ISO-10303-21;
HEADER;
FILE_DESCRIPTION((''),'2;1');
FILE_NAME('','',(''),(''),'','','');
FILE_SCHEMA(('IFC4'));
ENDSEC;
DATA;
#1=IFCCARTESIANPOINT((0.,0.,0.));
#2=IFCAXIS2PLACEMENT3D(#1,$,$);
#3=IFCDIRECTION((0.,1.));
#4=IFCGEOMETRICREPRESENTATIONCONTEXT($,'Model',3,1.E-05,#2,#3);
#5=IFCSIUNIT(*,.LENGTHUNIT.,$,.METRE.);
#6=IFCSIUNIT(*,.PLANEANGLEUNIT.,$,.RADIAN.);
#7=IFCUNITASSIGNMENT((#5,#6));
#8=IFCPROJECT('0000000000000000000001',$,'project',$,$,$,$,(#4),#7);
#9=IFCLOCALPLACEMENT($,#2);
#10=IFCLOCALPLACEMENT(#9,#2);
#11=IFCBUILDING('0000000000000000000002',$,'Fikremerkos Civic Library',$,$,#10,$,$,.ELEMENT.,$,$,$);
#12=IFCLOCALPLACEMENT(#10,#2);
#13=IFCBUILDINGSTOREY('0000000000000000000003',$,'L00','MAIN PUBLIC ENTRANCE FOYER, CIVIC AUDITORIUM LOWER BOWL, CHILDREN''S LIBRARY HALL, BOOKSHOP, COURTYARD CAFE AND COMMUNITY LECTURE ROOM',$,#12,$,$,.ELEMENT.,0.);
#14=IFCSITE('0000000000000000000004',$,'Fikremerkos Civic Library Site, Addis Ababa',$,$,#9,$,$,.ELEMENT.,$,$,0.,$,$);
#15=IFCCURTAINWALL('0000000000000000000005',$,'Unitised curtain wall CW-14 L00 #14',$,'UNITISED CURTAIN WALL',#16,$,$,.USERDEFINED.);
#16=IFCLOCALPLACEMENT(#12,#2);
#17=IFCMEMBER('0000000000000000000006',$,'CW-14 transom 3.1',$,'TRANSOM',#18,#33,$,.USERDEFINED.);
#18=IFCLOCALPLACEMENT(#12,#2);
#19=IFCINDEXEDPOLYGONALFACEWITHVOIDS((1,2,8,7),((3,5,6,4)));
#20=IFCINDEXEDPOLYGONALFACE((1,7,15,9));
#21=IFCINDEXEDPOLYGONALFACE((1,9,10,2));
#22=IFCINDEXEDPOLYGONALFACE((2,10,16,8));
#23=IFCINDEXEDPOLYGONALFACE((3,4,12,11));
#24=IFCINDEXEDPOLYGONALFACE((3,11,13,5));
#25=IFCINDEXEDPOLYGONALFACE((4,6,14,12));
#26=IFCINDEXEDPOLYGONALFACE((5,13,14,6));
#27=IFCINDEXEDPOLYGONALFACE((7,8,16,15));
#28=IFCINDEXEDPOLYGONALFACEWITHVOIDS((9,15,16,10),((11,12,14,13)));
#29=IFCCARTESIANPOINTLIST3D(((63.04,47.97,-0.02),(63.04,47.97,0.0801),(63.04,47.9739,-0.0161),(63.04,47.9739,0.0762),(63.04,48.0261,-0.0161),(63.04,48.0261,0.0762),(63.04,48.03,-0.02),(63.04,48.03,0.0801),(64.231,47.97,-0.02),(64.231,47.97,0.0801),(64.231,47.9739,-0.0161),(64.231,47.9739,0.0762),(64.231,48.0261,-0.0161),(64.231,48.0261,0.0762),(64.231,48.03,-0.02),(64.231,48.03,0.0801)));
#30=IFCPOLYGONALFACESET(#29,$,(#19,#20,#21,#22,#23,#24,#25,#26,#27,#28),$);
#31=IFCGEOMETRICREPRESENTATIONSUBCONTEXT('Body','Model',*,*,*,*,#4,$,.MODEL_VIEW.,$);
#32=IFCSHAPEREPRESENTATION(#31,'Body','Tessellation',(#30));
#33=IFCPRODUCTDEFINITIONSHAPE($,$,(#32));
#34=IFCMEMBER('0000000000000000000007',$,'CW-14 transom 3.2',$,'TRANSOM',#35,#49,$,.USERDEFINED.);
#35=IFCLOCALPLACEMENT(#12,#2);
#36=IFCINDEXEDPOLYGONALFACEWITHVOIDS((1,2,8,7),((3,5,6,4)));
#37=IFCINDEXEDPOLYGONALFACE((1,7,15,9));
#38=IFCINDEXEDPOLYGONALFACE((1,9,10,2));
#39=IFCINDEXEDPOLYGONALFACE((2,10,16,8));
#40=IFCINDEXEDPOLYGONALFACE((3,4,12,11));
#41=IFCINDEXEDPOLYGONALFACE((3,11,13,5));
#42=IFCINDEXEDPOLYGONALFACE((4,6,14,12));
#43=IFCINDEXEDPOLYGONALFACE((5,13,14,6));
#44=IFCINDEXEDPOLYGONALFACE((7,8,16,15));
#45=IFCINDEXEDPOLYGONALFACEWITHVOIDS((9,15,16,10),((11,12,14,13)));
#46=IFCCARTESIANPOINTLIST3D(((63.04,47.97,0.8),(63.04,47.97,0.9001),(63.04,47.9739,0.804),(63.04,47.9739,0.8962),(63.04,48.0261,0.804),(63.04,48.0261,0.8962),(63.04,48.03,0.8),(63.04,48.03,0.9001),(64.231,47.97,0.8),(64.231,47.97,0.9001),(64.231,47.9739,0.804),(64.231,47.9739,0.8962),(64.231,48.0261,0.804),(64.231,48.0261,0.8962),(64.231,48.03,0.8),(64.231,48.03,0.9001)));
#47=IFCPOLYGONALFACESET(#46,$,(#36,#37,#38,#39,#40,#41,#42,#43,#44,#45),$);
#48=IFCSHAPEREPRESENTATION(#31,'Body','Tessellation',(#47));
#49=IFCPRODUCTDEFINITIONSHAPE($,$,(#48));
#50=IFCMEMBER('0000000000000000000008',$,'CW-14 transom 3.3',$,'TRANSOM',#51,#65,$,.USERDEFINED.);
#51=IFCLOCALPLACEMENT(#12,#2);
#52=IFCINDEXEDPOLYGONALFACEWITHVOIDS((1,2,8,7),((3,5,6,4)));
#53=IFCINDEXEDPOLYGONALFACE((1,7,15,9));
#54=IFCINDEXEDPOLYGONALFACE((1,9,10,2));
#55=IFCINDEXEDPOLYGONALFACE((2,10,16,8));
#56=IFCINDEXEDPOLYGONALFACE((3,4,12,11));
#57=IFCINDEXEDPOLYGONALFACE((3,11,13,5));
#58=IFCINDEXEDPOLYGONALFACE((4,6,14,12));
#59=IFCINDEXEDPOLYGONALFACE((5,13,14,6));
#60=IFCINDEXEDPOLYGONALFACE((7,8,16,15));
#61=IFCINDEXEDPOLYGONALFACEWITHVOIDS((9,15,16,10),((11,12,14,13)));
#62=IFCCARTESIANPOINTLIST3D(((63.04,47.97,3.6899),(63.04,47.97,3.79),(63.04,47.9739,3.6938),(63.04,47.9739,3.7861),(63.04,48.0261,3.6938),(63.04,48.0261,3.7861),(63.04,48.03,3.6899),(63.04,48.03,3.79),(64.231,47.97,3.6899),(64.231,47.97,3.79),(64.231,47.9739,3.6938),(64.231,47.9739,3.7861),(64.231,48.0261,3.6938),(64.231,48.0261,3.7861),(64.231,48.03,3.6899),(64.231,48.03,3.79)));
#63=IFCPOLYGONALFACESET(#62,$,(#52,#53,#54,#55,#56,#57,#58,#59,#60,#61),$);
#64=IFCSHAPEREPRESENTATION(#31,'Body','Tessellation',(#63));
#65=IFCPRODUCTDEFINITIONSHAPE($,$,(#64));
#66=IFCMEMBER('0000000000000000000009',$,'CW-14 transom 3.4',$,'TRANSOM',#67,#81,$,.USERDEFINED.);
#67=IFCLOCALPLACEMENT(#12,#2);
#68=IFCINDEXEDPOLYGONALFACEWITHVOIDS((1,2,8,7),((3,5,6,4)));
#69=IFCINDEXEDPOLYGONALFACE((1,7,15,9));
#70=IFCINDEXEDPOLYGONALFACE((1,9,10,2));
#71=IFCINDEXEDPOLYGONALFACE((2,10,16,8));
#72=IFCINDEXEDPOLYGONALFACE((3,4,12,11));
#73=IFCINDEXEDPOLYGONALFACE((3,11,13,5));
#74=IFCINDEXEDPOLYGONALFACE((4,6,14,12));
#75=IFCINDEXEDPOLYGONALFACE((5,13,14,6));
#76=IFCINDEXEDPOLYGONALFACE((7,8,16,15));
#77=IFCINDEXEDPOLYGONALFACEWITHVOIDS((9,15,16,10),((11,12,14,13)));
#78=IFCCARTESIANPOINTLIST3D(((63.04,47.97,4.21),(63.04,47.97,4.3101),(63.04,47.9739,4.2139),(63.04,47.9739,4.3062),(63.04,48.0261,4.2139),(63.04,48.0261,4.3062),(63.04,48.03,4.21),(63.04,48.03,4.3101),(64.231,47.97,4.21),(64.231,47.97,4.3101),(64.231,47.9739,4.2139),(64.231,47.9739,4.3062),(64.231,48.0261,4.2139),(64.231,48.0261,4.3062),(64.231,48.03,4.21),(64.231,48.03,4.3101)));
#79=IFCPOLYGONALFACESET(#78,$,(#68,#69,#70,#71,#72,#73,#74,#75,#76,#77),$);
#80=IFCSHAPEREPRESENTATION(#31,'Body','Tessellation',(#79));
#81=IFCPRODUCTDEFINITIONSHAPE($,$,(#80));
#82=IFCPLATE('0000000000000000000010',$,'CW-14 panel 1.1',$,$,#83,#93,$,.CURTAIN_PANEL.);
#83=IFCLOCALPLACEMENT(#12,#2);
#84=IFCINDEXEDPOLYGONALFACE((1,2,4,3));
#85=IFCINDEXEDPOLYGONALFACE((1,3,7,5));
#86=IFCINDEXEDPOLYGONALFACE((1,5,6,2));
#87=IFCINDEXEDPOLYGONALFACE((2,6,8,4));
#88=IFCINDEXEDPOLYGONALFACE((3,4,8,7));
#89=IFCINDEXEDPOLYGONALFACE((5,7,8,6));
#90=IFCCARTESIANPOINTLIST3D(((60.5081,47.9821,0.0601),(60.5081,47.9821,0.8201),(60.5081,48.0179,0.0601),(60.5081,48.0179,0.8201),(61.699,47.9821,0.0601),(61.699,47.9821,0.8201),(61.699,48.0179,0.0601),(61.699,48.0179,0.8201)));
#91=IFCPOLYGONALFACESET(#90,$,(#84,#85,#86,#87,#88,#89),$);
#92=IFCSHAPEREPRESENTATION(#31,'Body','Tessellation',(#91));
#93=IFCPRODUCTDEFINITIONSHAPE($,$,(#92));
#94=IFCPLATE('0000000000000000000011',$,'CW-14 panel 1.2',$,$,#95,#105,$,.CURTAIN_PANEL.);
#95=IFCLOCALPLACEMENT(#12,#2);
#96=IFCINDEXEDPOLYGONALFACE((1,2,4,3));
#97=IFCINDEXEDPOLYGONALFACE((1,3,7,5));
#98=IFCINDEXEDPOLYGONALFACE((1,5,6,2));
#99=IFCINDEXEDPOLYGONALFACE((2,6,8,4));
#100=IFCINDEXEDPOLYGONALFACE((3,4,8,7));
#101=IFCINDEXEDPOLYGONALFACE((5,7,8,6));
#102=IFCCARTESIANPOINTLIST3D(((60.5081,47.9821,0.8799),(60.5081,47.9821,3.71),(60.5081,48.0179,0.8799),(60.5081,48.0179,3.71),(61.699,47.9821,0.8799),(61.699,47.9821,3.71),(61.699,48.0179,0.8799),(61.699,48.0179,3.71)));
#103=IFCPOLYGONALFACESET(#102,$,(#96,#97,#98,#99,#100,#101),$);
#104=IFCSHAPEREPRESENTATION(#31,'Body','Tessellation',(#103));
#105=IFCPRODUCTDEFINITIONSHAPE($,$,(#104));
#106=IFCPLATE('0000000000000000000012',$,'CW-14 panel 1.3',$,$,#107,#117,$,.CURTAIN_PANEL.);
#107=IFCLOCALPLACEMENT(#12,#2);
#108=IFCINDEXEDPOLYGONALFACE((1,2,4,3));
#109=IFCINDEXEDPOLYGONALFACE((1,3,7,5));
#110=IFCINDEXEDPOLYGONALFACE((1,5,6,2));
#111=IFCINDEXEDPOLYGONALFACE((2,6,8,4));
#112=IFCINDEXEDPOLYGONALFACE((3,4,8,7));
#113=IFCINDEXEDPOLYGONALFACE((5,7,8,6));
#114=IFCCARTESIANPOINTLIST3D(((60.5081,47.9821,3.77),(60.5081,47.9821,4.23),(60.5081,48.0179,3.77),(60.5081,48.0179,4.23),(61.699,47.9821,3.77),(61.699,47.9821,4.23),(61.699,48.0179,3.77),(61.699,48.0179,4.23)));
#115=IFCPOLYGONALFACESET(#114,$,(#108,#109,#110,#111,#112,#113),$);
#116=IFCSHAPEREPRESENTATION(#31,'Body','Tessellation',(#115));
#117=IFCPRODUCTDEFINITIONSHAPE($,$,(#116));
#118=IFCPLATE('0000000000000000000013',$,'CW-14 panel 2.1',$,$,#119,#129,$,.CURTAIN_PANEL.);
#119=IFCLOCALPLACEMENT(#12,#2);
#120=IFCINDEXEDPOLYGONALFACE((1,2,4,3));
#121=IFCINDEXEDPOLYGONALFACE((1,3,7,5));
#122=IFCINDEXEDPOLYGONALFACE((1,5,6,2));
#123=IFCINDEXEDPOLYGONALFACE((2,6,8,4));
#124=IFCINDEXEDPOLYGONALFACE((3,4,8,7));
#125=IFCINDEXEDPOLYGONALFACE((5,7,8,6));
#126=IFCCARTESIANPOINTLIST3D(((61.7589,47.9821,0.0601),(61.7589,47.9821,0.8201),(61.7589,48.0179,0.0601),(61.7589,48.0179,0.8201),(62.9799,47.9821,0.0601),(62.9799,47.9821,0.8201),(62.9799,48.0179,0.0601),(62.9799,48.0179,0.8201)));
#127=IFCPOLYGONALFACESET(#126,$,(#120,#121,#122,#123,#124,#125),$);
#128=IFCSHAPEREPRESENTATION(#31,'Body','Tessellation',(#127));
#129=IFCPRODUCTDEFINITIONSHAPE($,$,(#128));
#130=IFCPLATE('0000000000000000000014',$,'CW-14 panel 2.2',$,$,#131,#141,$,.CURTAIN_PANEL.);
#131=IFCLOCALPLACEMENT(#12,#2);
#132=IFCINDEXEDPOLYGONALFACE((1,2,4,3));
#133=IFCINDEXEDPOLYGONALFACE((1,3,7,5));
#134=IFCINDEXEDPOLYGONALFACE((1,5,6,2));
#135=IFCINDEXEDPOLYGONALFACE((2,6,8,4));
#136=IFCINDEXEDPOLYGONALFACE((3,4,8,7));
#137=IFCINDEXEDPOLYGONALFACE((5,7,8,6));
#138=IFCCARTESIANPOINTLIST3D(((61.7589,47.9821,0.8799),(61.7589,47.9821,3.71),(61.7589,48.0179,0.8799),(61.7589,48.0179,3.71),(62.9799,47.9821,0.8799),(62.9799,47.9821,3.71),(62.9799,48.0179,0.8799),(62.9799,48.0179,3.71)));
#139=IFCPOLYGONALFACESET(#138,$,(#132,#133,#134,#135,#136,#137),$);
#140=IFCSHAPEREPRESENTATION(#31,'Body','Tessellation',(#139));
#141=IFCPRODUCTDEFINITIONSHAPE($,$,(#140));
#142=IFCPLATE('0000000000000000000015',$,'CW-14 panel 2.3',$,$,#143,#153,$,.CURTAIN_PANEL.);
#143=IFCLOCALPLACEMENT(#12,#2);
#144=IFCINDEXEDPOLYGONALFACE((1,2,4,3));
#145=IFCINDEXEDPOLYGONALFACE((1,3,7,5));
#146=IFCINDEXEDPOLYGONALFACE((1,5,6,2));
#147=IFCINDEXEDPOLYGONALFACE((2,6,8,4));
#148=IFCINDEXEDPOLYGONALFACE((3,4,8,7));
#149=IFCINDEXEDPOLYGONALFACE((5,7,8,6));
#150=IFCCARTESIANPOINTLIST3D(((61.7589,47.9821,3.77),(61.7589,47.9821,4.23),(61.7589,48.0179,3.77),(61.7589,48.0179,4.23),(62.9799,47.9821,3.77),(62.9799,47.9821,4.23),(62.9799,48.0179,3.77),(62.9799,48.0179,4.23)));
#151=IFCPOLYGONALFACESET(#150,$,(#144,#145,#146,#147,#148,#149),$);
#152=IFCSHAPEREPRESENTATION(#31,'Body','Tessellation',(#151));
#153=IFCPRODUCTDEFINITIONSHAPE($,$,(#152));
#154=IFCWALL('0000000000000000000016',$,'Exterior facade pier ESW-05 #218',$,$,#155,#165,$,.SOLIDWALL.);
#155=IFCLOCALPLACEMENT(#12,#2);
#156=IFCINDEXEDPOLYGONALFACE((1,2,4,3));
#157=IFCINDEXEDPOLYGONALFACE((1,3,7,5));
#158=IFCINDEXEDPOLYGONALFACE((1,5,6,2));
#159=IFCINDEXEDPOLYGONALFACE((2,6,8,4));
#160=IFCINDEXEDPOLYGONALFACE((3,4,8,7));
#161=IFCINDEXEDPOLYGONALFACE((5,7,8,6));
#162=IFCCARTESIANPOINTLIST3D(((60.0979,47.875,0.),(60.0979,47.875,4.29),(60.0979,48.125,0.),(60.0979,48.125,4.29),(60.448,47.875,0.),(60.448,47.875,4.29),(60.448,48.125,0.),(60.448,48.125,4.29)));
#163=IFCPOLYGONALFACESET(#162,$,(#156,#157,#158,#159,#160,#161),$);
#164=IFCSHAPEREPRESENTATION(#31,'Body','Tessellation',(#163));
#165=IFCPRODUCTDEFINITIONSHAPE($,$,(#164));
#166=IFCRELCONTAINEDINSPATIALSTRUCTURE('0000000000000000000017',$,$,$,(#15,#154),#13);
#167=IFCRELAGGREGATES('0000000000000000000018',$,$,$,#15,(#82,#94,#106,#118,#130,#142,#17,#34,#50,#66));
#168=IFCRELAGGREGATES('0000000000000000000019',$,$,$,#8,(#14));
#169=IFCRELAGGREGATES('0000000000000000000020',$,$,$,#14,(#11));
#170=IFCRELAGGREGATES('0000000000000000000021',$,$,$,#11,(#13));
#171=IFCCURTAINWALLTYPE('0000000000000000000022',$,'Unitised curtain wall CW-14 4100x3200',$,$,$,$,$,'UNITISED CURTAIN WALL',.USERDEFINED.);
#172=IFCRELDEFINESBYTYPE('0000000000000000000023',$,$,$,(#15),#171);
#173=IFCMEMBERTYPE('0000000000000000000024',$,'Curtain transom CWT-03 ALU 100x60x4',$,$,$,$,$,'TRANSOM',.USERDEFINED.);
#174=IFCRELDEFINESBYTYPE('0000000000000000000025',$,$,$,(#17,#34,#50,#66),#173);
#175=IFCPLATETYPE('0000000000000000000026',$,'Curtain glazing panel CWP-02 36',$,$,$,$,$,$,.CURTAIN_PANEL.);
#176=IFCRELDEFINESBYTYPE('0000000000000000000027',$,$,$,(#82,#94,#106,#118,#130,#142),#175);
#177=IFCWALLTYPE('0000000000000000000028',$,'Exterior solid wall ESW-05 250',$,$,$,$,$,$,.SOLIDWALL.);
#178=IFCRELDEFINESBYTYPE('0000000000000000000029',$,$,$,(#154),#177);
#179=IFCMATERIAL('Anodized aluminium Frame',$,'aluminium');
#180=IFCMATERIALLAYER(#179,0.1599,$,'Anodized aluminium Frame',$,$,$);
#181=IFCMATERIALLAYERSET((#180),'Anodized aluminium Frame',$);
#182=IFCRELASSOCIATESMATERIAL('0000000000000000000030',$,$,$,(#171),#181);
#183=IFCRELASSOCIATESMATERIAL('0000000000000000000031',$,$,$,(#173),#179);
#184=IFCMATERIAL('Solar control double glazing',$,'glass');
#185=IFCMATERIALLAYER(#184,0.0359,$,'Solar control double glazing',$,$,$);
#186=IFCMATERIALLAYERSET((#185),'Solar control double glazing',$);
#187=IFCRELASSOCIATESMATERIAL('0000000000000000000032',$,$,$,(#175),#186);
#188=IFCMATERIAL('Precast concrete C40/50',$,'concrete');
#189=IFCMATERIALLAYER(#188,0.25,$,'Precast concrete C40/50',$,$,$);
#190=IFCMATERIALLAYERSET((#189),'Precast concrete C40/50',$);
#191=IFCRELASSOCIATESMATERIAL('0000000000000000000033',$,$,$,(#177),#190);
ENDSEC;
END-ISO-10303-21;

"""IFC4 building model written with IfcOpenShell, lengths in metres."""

from ifc_helpers import new_model, si_unit, direction, frame, frame_2d, origin, origin_2d, place, context, subcontext, project, spatial, rectangle, hollow_rectangle, extrude, material, layer, layer_set, material_profile, profile_set, type_object, element, aggregate, save


model = new_model("IFC4")

# Units and contexts
model_context = context("Model", 3, precision=1e-05, world=origin(), true_north=direction((0.0, 1.0)))
body_context = subcontext(model_context, "Body", "Model", "MODEL_VIEW")
ifc_project = project(units=[si_unit("LENGTHUNIT", "METRE"), si_unit("PLANEANGLEUNIT", "RADIAN")], contexts=[model_context])

# Site, building, storey
site_placement = place(None, origin())
site = spatial("IfcSite", under=ifc_project, at=site_placement, Name="Fikremerkos Civic Library Site, Addis Ababa", CompositionType="ELEMENT", RefElevation=0.0)
building_placement = place(site_placement, origin())
building = spatial("IfcBuilding", under=site, at=building_placement, Name="Fikremerkos Civic Library", CompositionType="ELEMENT")
storey_placement = place(building_placement, origin())
storey = spatial("IfcBuildingStorey", under=building, at=storey_placement, Name="L00", Description="MAIN PUBLIC ENTRANCE FOYER, CIVIC AUDITORIUM LOWER BOWL, CHILDREN'S LIBRARY HALL, BOOKSHOP, COURTYARD CAFE AND COMMUNITY LECTURE ROOM", CompositionType="ELEMENT", Elevation=0.0)

# Curtain wall, members, plates
ifc_material_1 = material(Name="Anodized aluminium Frame", Category="aluminium")
ifc_layer_1 = layer(ifc_material_1, 0.1599, Name="Anodized aluminium Frame")
ifc_layer_set_1 = layer_set([ifc_layer_1], Name="Anodized aluminium Frame")
curtain_wall_type = type_object("IfcCurtainWallType", Name="Unitised curtain wall CW-14 4100x3200", ElementType="UNITISED CURTAIN WALL", PredefinedType="USERDEFINED", material=ifc_layer_set_1)
curtain_wall_placement = place(storey_placement, origin())
curtain_wall = element("IfcCurtainWall", 1, at=curtain_wall_placement, inside=storey, type_object=curtain_wall_type, Name="Unitised curtain wall CW-14 L00 #14", ObjectType="UNITISED CURTAIN WALL", PredefinedType="USERDEFINED")
ifc_material_profile_1 = material_profile(ifc_material_1, hollow_rectangle(XDim=0.0601, YDim=0.1001, WallThickness=0.0039, at=origin_2d()), Name="ALU 100x60x4")
ifc_profile_set_1 = profile_set([ifc_material_profile_1], Name="Anodized aluminium Frame")
member_type_1 = type_object("IfcMemberType", Name="Curtain transom CWT-03 ALU 100x60x4", ElementType="TRANSOM", PredefinedType="USERDEFINED", material=ifc_profile_set_1)
member_1_placement = place(storey_placement, frame((63.04, 48.0, 0.03), z_axis=(1.0, 0.0, 0.0), x_axis=(0.0, 1.0, 0.0)))
member_1 = element("IfcMember", 2, at=member_1_placement, type_object=member_type_1, Name="CW-14 transom 3.1", ObjectType="TRANSOM", PredefinedType="USERDEFINED", context=body_context, shape_type="SweptSolid", body=[
    extrude(hollow_rectangle(XDim=0.0601, YDim=0.1001, WallThickness=0.0039, at=origin_2d()), origin(), (0.0, 0.0, 1.0), 1.1909),
])
member_2_placement = place(storey_placement, frame((63.04, 48.0, 0.8501), z_axis=(1.0, 0.0, 0.0), x_axis=(0.0, 1.0, 0.0)))
member_2 = element("IfcMember", 3, at=member_2_placement, type_object=member_type_1, Name="CW-14 transom 3.2", ObjectType="TRANSOM", PredefinedType="USERDEFINED", context=body_context, shape_type="SweptSolid", body=[
    extrude(hollow_rectangle(XDim=0.0601, YDim=0.1001, WallThickness=0.0039, at=origin_2d()), origin(), (0.0, 0.0, 1.0), 1.1909),
])
member_3_placement = place(storey_placement, frame((63.04, 48.0, 3.74), z_axis=(1.0, 0.0, 0.0), x_axis=(0.0, 1.0, 0.0)))
member_3 = element("IfcMember", 4, at=member_3_placement, type_object=member_type_1, Name="CW-14 transom 3.3", ObjectType="TRANSOM", PredefinedType="USERDEFINED", context=body_context, shape_type="SweptSolid", body=[
    extrude(hollow_rectangle(XDim=0.0601, YDim=0.1001, WallThickness=0.0039, at=origin_2d()), origin(), (0.0, 0.0, 1.0), 1.1909),
])
member_4_placement = place(storey_placement, frame((63.04, 48.0, 4.26), z_axis=(1.0, 0.0, 0.0), x_axis=(0.0, 1.0, 0.0)))
member_4 = element("IfcMember", 5, at=member_4_placement, type_object=member_type_1, Name="CW-14 transom 3.4", ObjectType="TRANSOM", PredefinedType="USERDEFINED", context=body_context, shape_type="SweptSolid", body=[
    extrude(hollow_rectangle(XDim=0.0601, YDim=0.1001, WallThickness=0.0039, at=origin_2d()), origin(), (0.0, 0.0, 1.0), 1.1909),
])
ifc_material_2 = material(Name="Solar control double glazing", Category="glass")
ifc_layer_2 = layer(ifc_material_2, 0.0359, Name="Solar control double glazing")
ifc_layer_set_2 = layer_set([ifc_layer_2], Name="Solar control double glazing")
plate_type = type_object("IfcPlateType", Name="Curtain glazing panel CWP-02 36", PredefinedType="CURTAIN_PANEL", material=ifc_layer_set_2)
plate_1_placement = place(storey_placement, frame((61.1035, 48.0, 0.0601), z_axis=(0.0, 0.0, 1.0), x_axis=(1.0, 0.0, 0.0)))
plate_1 = element("IfcPlate", 6, at=plate_1_placement, type_object=plate_type, Name="CW-14 panel 1.1", PredefinedType="CURTAIN_PANEL", context=body_context, shape_type="SweptSolid", body=[
    extrude(rectangle(XDim=1.1909, YDim=0.0359, at=origin_2d()), origin(), (0.0, 0.0, 1.0), 0.76),
])
plate_2_placement = place(storey_placement, frame((61.1035, 48.0, 0.8799), z_axis=(0.0, 0.0, 1.0), x_axis=(1.0, 0.0, 0.0)))
plate_2 = element("IfcPlate", 7, at=plate_2_placement, type_object=plate_type, Name="CW-14 panel 1.2", PredefinedType="CURTAIN_PANEL", context=body_context, shape_type="SweptSolid", body=[
    extrude(rectangle(XDim=1.1909, YDim=0.0359, at=origin_2d()), origin(), (0.0, 0.0, 1.0), 2.8301),
])
plate_3_placement = place(storey_placement, frame((61.1035, 48.0, 3.77), z_axis=(0.0, 0.0, 1.0), x_axis=(1.0, 0.0, 0.0)))
plate_3 = element("IfcPlate", 8, at=plate_3_placement, type_object=plate_type, Name="CW-14 panel 1.3", PredefinedType="CURTAIN_PANEL", context=body_context, shape_type="SweptSolid", body=[
    extrude(rectangle(XDim=1.1909, YDim=0.0359, at=origin_2d()), origin(), (0.0, 0.0, 1.0), 0.46),
])
plate_4_placement = place(storey_placement, frame((62.3694, 48.0, 0.0601), z_axis=(0.0, 0.0, 1.0), x_axis=(1.0, 0.0, 0.0)))
plate_4 = element("IfcPlate", 9, at=plate_4_placement, type_object=plate_type, Name="CW-14 panel 2.1", PredefinedType="CURTAIN_PANEL", context=body_context, shape_type="SweptSolid", body=[
    extrude(rectangle(XDim=1.2209, YDim=0.0359, at=origin_2d()), origin(), (0.0, 0.0, 1.0), 0.76),
])
plate_5_placement = place(storey_placement, frame((62.3694, 48.0, 0.8799), z_axis=(0.0, 0.0, 1.0), x_axis=(1.0, 0.0, 0.0)))
plate_5 = element("IfcPlate", 10, at=plate_5_placement, type_object=plate_type, Name="CW-14 panel 2.2", PredefinedType="CURTAIN_PANEL", context=body_context, shape_type="SweptSolid", body=[
    extrude(rectangle(XDim=1.2209, YDim=0.0359, at=origin_2d()), origin(), (0.0, 0.0, 1.0), 2.8301),
])
plate_6_placement = place(storey_placement, frame((62.3694, 48.0, 3.77), z_axis=(0.0, 0.0, 1.0), x_axis=(1.0, 0.0, 0.0)))
plate_6 = element("IfcPlate", 11, at=plate_6_placement, type_object=plate_type, Name="CW-14 panel 2.3", PredefinedType="CURTAIN_PANEL", context=body_context, shape_type="SweptSolid", body=[
    extrude(rectangle(XDim=1.2209, YDim=0.0359, at=origin_2d()), origin(), (0.0, 0.0, 1.0), 0.46),
])
aggregate(curtain_wall, [plate_1, plate_2, plate_3, plate_4, plate_5, plate_6, member_1, member_2, member_3, member_4])

# Wall
ifc_material_3 = material(Name="Precast concrete C40/50", Category="concrete")
ifc_layer_3 = layer(ifc_material_3, 0.25, Name="Precast concrete C40/50")
ifc_layer_set_3 = layer_set([ifc_layer_3], Name="Precast concrete C40/50")
wall_type = type_object("IfcWallType", Name="Exterior solid wall ESW-05 250", PredefinedType="SOLIDWALL", material=ifc_layer_set_3)
wall_placement = place(storey_placement, frame((60.0979, 48.0, 0.0), z_axis=(0.0, 0.0, 1.0), x_axis=(1.0, 0.0, 0.0)))
element("IfcWall", 12, at=wall_placement, inside=storey, type_object=wall_type, Name="Exterior facade pier ESW-05 #218", PredefinedType="SOLIDWALL", context=body_context, shape_type="SweptSolid", body=[
    extrude(rectangle(XDim=0.3501, YDim=0.25, at=frame_2d((0.175, 0.0))), origin(), (0.0, 0.0, 1.0), 4.29),
])

save(model, "model.ifc")
